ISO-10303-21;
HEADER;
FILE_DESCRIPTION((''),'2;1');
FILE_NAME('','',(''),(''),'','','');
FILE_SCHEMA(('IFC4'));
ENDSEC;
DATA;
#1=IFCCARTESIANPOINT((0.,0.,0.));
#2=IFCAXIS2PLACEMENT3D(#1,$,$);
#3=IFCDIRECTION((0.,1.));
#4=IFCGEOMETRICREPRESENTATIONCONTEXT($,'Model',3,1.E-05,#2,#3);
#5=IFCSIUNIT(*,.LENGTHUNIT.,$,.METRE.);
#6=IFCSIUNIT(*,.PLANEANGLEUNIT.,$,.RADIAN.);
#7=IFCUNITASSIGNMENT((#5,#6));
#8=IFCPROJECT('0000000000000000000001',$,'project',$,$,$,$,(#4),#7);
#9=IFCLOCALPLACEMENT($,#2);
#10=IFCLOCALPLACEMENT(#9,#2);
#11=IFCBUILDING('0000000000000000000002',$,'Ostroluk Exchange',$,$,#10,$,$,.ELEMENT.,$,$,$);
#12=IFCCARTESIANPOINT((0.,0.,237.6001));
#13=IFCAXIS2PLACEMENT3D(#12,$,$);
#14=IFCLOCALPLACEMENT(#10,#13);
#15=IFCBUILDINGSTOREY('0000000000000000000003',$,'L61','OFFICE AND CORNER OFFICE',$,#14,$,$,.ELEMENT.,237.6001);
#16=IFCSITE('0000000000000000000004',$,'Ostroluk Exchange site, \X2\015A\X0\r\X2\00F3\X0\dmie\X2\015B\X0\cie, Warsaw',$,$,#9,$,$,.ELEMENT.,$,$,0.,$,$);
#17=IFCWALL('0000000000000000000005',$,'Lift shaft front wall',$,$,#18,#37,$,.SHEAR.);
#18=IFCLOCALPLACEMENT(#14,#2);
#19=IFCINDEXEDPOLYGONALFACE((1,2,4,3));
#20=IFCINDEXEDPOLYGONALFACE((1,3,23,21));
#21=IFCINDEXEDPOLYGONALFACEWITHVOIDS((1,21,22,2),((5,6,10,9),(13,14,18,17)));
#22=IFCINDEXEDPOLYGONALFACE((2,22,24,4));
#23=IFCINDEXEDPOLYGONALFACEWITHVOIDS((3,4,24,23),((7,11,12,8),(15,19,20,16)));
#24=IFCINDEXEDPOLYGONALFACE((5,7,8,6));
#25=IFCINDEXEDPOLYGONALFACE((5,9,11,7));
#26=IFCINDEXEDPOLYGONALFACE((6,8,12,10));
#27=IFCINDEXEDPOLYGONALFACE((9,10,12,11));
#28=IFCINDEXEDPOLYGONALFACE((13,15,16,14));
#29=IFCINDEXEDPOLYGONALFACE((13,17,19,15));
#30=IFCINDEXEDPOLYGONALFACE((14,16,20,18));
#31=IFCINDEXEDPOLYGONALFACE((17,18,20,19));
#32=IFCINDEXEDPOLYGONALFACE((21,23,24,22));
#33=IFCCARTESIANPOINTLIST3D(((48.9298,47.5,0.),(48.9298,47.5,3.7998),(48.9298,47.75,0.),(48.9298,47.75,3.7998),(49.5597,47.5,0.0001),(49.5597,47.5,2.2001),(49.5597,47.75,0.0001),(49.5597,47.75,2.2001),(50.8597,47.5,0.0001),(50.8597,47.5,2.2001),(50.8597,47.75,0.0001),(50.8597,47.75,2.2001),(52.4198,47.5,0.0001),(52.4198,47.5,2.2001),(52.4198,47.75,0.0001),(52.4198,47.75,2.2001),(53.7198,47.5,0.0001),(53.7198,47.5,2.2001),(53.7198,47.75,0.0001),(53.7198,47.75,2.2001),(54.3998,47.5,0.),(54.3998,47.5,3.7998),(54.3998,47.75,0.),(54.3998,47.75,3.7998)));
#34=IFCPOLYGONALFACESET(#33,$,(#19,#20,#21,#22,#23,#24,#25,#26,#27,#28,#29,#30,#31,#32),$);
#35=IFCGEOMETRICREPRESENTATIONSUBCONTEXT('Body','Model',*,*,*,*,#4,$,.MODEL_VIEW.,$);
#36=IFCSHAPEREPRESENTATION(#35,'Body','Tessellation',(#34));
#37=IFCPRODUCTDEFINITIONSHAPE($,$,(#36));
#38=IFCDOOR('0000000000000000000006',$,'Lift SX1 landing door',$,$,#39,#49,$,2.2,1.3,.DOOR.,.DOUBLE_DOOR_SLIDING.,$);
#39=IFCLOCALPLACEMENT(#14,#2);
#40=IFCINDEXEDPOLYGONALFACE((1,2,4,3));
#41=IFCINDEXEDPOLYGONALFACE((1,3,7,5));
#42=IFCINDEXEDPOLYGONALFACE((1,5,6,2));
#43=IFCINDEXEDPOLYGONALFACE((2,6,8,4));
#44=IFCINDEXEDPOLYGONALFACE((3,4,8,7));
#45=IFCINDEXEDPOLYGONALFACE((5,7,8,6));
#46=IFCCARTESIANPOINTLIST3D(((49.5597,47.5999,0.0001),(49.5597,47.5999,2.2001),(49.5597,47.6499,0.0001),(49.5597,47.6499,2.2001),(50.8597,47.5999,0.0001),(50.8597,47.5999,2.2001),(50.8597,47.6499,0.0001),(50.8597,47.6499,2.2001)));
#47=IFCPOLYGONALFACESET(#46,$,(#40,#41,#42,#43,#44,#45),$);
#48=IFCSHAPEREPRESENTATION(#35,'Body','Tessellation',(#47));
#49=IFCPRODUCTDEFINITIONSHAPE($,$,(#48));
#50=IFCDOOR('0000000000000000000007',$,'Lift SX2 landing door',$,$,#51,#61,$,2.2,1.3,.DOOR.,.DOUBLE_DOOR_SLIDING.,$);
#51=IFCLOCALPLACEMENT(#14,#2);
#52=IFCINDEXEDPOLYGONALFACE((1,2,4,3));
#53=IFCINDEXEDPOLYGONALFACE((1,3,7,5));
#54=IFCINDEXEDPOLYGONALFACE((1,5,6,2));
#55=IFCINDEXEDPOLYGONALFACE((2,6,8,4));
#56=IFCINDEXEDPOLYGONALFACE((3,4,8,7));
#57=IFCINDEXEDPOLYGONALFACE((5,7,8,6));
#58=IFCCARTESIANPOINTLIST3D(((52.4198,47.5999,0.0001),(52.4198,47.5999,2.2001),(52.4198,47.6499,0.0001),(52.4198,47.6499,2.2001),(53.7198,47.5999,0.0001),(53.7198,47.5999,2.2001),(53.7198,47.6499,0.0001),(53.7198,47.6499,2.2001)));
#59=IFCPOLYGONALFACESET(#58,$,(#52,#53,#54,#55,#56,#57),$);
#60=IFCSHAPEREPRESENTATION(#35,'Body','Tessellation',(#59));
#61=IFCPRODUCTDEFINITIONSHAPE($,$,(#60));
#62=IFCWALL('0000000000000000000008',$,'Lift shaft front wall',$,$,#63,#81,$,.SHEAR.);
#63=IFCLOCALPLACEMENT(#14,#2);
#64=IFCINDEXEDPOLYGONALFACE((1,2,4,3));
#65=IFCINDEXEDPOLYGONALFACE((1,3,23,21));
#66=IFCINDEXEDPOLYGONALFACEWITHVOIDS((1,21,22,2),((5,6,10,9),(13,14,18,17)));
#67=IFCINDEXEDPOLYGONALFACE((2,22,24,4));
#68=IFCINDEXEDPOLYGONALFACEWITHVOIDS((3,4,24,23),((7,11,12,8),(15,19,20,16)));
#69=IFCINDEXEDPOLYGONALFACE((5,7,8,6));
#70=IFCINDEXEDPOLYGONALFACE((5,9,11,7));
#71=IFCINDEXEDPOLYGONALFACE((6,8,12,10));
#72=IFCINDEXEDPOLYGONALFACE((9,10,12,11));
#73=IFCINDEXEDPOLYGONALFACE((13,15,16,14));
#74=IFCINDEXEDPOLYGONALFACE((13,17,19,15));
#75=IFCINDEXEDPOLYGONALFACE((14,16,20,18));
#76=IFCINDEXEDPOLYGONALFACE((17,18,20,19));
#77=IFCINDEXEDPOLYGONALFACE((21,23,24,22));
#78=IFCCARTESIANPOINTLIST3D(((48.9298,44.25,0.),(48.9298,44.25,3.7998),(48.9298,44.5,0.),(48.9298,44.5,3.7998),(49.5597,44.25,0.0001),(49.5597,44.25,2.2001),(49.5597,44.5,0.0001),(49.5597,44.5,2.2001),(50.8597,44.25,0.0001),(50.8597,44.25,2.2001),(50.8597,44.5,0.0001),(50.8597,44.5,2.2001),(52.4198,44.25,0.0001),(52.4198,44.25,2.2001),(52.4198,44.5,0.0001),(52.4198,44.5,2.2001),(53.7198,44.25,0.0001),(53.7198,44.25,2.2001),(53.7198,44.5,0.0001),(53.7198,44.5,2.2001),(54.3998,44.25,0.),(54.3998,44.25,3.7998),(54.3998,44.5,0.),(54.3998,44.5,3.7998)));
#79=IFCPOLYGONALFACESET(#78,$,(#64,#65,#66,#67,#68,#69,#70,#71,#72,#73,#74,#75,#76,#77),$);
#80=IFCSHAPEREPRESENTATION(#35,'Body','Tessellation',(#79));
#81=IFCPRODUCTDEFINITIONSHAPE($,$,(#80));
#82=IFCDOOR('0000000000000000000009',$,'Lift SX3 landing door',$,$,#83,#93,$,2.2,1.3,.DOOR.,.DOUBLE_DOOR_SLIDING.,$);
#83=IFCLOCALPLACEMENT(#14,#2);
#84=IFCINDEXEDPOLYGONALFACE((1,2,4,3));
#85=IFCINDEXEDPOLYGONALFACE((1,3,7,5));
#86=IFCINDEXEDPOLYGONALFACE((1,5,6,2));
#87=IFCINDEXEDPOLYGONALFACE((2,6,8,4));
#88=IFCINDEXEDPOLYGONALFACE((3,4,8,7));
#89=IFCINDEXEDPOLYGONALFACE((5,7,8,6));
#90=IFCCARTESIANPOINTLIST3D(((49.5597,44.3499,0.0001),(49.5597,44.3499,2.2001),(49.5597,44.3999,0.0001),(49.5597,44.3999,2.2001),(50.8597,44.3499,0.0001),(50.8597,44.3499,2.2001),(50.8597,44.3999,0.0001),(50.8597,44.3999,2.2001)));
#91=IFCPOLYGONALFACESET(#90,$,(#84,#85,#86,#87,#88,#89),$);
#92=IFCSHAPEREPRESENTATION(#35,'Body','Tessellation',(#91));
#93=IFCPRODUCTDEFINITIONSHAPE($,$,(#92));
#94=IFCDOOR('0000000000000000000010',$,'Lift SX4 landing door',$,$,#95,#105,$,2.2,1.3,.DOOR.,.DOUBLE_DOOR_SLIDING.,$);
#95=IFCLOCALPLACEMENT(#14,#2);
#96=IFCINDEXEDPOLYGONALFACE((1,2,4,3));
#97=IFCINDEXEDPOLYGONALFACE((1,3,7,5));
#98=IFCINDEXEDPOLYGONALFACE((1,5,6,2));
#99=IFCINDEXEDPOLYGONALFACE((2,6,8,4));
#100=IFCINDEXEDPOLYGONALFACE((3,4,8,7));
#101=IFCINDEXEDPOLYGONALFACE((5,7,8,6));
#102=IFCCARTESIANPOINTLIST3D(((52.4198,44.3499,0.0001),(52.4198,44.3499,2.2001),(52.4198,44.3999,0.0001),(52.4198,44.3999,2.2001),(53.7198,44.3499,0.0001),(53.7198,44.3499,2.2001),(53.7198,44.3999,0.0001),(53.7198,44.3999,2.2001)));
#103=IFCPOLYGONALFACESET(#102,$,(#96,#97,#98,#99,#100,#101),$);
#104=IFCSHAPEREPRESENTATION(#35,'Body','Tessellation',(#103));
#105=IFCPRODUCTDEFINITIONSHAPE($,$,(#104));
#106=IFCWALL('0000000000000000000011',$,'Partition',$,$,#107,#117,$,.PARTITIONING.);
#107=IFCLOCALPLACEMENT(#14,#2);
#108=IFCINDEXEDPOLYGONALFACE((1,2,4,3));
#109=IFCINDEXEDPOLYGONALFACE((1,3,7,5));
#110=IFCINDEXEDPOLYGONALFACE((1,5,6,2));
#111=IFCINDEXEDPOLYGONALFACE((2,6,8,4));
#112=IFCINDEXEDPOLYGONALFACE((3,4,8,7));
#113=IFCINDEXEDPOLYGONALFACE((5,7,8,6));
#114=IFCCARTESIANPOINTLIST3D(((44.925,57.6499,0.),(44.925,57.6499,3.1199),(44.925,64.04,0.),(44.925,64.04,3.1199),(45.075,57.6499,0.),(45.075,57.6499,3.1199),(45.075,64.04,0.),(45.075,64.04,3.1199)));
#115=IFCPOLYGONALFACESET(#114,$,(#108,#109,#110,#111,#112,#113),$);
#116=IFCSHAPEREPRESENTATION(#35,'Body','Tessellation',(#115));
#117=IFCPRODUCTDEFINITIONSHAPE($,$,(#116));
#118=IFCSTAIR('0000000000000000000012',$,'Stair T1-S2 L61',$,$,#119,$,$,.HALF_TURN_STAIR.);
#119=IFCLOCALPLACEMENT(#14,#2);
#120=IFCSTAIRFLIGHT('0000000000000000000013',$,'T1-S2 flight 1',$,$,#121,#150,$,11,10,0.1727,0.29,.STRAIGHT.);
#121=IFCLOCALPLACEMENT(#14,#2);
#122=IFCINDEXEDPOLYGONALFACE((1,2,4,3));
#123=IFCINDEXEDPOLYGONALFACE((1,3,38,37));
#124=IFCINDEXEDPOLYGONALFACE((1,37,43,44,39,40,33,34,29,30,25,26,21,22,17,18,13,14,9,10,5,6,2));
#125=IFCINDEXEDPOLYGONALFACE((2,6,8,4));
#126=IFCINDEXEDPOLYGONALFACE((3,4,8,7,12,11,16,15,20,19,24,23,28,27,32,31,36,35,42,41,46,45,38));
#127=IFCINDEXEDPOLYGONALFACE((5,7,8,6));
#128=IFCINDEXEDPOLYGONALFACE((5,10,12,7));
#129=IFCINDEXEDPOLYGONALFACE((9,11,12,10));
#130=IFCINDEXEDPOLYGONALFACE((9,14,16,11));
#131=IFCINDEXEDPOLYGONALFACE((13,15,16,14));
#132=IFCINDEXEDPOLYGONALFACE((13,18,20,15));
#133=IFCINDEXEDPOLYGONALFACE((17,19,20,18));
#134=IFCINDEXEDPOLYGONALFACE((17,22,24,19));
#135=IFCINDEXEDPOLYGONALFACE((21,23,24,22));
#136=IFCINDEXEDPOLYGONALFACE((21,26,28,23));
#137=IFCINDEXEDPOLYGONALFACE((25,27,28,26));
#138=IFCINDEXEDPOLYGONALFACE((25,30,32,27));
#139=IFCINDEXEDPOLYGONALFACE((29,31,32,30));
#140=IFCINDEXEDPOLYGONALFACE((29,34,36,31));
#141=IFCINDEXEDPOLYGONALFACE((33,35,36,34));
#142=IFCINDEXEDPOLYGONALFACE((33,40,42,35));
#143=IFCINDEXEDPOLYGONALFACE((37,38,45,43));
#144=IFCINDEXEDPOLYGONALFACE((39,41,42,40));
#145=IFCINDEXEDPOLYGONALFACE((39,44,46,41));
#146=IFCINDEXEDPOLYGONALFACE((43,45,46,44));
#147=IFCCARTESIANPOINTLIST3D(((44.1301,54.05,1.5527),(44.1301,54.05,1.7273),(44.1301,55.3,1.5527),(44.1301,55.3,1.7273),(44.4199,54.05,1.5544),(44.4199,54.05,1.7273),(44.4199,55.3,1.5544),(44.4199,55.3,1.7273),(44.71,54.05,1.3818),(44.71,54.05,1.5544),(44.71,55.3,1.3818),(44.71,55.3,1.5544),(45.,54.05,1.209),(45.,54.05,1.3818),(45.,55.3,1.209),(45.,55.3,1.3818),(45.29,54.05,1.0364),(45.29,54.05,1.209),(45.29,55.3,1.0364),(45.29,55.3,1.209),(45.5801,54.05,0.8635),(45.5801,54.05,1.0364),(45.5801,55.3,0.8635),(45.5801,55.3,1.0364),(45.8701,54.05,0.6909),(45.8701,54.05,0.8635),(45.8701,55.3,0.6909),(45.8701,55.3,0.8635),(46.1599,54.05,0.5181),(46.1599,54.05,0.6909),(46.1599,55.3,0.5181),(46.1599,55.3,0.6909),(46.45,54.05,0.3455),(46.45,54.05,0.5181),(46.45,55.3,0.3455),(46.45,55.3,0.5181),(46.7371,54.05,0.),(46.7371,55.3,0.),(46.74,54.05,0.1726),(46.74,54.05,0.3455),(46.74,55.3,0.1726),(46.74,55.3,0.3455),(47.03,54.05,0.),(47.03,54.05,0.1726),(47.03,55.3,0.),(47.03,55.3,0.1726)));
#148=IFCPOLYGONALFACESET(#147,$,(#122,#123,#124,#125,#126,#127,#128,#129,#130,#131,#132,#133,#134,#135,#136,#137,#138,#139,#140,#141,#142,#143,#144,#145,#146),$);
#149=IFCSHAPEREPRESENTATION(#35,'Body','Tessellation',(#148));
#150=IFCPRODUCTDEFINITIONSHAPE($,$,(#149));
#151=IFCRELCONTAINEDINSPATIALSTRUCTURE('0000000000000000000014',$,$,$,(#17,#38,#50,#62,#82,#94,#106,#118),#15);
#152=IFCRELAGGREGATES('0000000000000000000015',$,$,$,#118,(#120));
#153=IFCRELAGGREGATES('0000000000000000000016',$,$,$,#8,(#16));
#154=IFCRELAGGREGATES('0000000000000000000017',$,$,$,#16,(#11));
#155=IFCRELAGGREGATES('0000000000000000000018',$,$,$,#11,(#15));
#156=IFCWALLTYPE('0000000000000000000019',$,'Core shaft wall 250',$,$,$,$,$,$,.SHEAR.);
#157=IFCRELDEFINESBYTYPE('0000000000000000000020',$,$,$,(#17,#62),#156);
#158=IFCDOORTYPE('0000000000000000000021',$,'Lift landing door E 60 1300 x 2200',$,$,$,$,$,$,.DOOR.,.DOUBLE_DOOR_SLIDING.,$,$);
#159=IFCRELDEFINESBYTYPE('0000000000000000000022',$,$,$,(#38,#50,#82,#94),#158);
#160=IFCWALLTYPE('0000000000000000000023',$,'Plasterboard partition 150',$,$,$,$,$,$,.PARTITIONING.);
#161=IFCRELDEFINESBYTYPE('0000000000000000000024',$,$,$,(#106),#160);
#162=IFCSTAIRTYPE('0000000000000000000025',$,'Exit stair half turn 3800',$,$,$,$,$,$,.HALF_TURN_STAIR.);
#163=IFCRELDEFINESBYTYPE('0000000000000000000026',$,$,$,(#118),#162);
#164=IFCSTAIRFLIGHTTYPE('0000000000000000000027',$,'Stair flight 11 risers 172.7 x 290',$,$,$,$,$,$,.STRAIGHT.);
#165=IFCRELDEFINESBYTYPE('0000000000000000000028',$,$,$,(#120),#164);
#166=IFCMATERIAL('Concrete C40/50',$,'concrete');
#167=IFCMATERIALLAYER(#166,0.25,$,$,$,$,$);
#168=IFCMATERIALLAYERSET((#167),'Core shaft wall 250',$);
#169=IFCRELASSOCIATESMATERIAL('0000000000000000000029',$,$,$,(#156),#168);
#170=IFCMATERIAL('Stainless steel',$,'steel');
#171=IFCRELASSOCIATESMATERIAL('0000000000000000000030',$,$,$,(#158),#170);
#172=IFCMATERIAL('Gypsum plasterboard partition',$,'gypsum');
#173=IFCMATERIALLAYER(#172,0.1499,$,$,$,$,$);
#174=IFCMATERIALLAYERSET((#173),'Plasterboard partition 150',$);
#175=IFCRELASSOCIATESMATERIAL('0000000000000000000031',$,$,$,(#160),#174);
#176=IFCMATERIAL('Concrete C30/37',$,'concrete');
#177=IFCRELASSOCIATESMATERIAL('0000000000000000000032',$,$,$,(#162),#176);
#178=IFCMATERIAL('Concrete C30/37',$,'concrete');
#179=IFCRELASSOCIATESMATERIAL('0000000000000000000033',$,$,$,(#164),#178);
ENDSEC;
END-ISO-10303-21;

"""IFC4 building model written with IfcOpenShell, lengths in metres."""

from ifc_helpers import new_model, si_unit, direction, frame, frame_2d, origin, place, context, subcontext, project, spatial, polyline, rectangle, outline, extrude, material, layer, layer_set, type_object, element, fill, aggregate, save


model = new_model("IFC4")

# Units and contexts
model_context = context("Model", 3, precision=1e-05, world=origin(), true_north=direction((0.0, 1.0)))
body_context = subcontext(model_context, "Body", "Model", "MODEL_VIEW")
ifc_project = project(units=[si_unit("LENGTHUNIT", "METRE"), si_unit("PLANEANGLEUNIT", "RADIAN")], contexts=[model_context])

# Site, building, storey
site_placement = place(None, origin())
site = spatial("IfcSite", under=ifc_project, at=site_placement, Name="Ostroluk Exchange site, Śródmieście, Warsaw", CompositionType="ELEMENT", RefElevation=0.0)
building_placement = place(site_placement, origin())
building = spatial("IfcBuilding", under=site, at=building_placement, Name="Ostroluk Exchange", CompositionType="ELEMENT")
storey_placement = place(building_placement, frame((0.0, 0.0, 237.6001)))
storey = spatial("IfcBuildingStorey", under=building, at=storey_placement, Name="L61", Description="OFFICE AND CORNER OFFICE", CompositionType="ELEMENT", Elevation=237.6001)

# Shared definitions
ifc_material_1 = material(Name="Concrete C40/50", Category="concrete")
ifc_layer_1 = layer(ifc_material_1, 0.25)
ifc_layer_set_1 = layer_set([ifc_layer_1], Name="Core shaft wall 250")
wall_type_1 = type_object("IfcWallType", Name="Core shaft wall 250", PredefinedType="SHEAR", material=ifc_layer_set_1)
ifc_material_2 = material(Name="Stainless steel", Category="steel")
door_type_1 = type_object("IfcDoorType", Name="Lift landing door E 60 1300 x 2200", OperationType="DOUBLE_DOOR_SLIDING", PredefinedType="DOOR", material=ifc_material_2)

# Walls, openings, doors
wall_1_placement = place(storey_placement, frame((48.9299, 47.625, 0.0), z_axis=(0.0, 0.0, 1.0), x_axis=(1.0, 0.0, 0.0)))
wall_1 = element("IfcWall", 1, at=wall_1_placement, inside=storey, type_object=wall_type_1, Name="Lift shaft front wall", PredefinedType="SHEAR", context=body_context, shape_type="SweptSolid", body=[
    extrude(rectangle(XDim=5.47, YDim=0.25, at=frame_2d((2.7349, 0.0))), origin(), (0.0, 0.0, 1.0), 3.7998),
])
opening_1_placement = place(wall_1_placement, frame((0.6299, 0.0, 0.0)))
opening_1 = element("IfcOpeningElement", 2, at=opening_1_placement, cuts=wall_1, PredefinedType="OPENING", context=body_context, shape_type="SweptSolid", body=[
    extrude(rectangle(XDim=1.3, YDim=2.2, at=frame_2d((0.6499, 1.1001))), frame((0.0, 0.135, 0.0), z_axis=(0.0, -1.0, 0.0), x_axis=(1.0, 0.0, 0.0)), (0.0, 0.0, 1.0), 0.27),
])
opening_2_placement = place(wall_1_placement, frame((3.49, 0.0, 0.0)))
opening_2 = element("IfcOpeningElement", 3, at=opening_2_placement, cuts=wall_1, PredefinedType="OPENING", context=body_context, shape_type="SweptSolid", body=[
    extrude(rectangle(XDim=1.3, YDim=2.2, at=frame_2d((0.6499, 1.1001))), frame((0.0, 0.135, 0.0), z_axis=(0.0, -1.0, 0.0), x_axis=(1.0, 0.0, 0.0)), (0.0, 0.0, 1.0), 0.27),
])
door_1_placement = place(opening_1_placement, origin())
door_1 = element("IfcDoor", 4, at=door_1_placement, inside=storey, type_object=door_type_1, Name="Lift SX1 landing door", OperationType="DOUBLE_DOOR_SLIDING", OverallHeight=2.2, OverallWidth=1.3, PredefinedType="DOOR", context=body_context, shape_type="SweptSolid", body=[
    extrude(rectangle(XDim=1.3, YDim=2.2, at=frame_2d((0.6499, 1.1001))), frame((0.0, 0.0249, 0.0), z_axis=(0.0, -1.0, 0.0), x_axis=(1.0, 0.0, 0.0)), (0.0, 0.0, 1.0), 0.05),
])
fill(opening_1, door_1)
door_2_placement = place(opening_2_placement, origin())
door_2 = element("IfcDoor", 5, at=door_2_placement, inside=storey, type_object=door_type_1, Name="Lift SX2 landing door", OperationType="DOUBLE_DOOR_SLIDING", OverallHeight=2.2, OverallWidth=1.3, PredefinedType="DOOR", context=body_context, shape_type="SweptSolid", body=[
    extrude(rectangle(XDim=1.3, YDim=2.2, at=frame_2d((0.6499, 1.1001))), frame((0.0, 0.0249, 0.0), z_axis=(0.0, -1.0, 0.0), x_axis=(1.0, 0.0, 0.0)), (0.0, 0.0, 1.0), 0.05),
])
fill(opening_2, door_2)
wall_2_placement = place(storey_placement, frame((48.9299, 44.375, 0.0), z_axis=(0.0, 0.0, 1.0), x_axis=(1.0, 0.0, 0.0)))
wall_2 = element("IfcWall", 6, at=wall_2_placement, inside=storey, type_object=wall_type_1, Name="Lift shaft front wall", PredefinedType="SHEAR", context=body_context, shape_type="SweptSolid", body=[
    extrude(rectangle(XDim=5.47, YDim=0.25, at=frame_2d((2.7349, 0.0))), origin(), (0.0, 0.0, 1.0), 3.7998),
])
opening_3_placement = place(wall_2_placement, frame((0.6299, 0.0, 0.0)))
opening_3 = element("IfcOpeningElement", 7, at=opening_3_placement, cuts=wall_2, PredefinedType="OPENING", context=body_context, shape_type="SweptSolid", body=[
    extrude(rectangle(XDim=1.3, YDim=2.2, at=frame_2d((0.6499, 1.1001))), frame((0.0, 0.135, 0.0), z_axis=(0.0, -1.0, 0.0), x_axis=(1.0, 0.0, 0.0)), (0.0, 0.0, 1.0), 0.27),
])
opening_4_placement = place(wall_2_placement, frame((3.49, 0.0, 0.0)))
opening_4 = element("IfcOpeningElement", 8, at=opening_4_placement, cuts=wall_2, PredefinedType="OPENING", context=body_context, shape_type="SweptSolid", body=[
    extrude(rectangle(XDim=1.3, YDim=2.2, at=frame_2d((0.6499, 1.1001))), frame((0.0, 0.135, 0.0), z_axis=(0.0, -1.0, 0.0), x_axis=(1.0, 0.0, 0.0)), (0.0, 0.0, 1.0), 0.27),
])
door_3_placement = place(opening_3_placement, origin())
door_3 = element("IfcDoor", 9, at=door_3_placement, inside=storey, type_object=door_type_1, Name="Lift SX3 landing door", OperationType="DOUBLE_DOOR_SLIDING", OverallHeight=2.2, OverallWidth=1.3, PredefinedType="DOOR", context=body_context, shape_type="SweptSolid", body=[
    extrude(rectangle(XDim=1.3, YDim=2.2, at=frame_2d((0.6499, 1.1001))), frame((0.0, 0.0249, 0.0), z_axis=(0.0, -1.0, 0.0), x_axis=(1.0, 0.0, 0.0)), (0.0, 0.0, 1.0), 0.05),
])
fill(opening_3, door_3)
door_4_placement = place(opening_4_placement, origin())
door_4 = element("IfcDoor", 10, at=door_4_placement, inside=storey, type_object=door_type_1, Name="Lift SX4 landing door", OperationType="DOUBLE_DOOR_SLIDING", OverallHeight=2.2, OverallWidth=1.3, PredefinedType="DOOR", context=body_context, shape_type="SweptSolid", body=[
    extrude(rectangle(XDim=1.3, YDim=2.2, at=frame_2d((0.6499, 1.1001))), frame((0.0, 0.0249, 0.0), z_axis=(0.0, -1.0, 0.0), x_axis=(1.0, 0.0, 0.0)), (0.0, 0.0, 1.0), 0.05),
])
fill(opening_4, door_4)

# Wall
ifc_material_3 = material(Name="Gypsum plasterboard partition", Category="gypsum")
ifc_layer_2 = layer(ifc_material_3, 0.1499)
ifc_layer_set_2 = layer_set([ifc_layer_2], Name="Plasterboard partition 150")
wall_type_2 = type_object("IfcWallType", Name="Plasterboard partition 150", PredefinedType="PARTITIONING", material=ifc_layer_set_2)
wall_3_placement = place(storey_placement, frame((45.0, 57.6499, 0.0), z_axis=(0.0, 0.0, 1.0), x_axis=(0.0, 1.0, 0.0)))
element("IfcWall", 11, at=wall_3_placement, inside=storey, type_object=wall_type_2, Name="Partition", PredefinedType="PARTITIONING", context=body_context, shape_type="SweptSolid", body=[
    extrude(rectangle(XDim=6.3901, YDim=0.1499, at=frame_2d((3.1951, 0.0))), origin(), (0.0, 0.0, 1.0), 3.1199),
])

# Stair, stair flight
ifc_material_4 = material(Name="Concrete C30/37", Category="concrete")
stair_type = type_object("IfcStairType", Name="Exit stair half turn 3800", PredefinedType="HALF_TURN_STAIR", material=ifc_material_4)
stair_placement = place(storey_placement, origin())
stair = element("IfcStair", 12, at=stair_placement, inside=storey, type_object=stair_type, Name="Stair T1-S2 L61", PredefinedType="HALF_TURN_STAIR")
ifc_material_5 = material(Name="Concrete C30/37", Category="concrete")
stair_flight_type = type_object("IfcStairFlightType", Name="Stair flight 11 risers 172.7 x 290", PredefinedType="STRAIGHT", material=ifc_material_5)
stair_flight_placement = place(storey_placement, frame((47.03, 54.675, 0.0), z_axis=(0.0, 0.0, 1.0), x_axis=(-1.0, 0.0, 0.0)))
stair_flight = element("IfcStairFlight", 13, at=stair_flight_placement, type_object=stair_flight_type, Name="T1-S2 flight 1", NumberOfRisers=11, NumberOfTreads=10, PredefinedType="STRAIGHT", RiserHeight=0.1727, TreadLength=0.29, context=body_context, shape_type="SweptSolid", body=[
    extrude(outline(polyline([(0.0, 0.0), (0.0, 0.1726), (0.29, 0.1726), (0.29, 0.3455), (0.5801, 0.3455), (0.5801, 0.5181), (0.8701, 0.5181), (0.8701, 0.6909), (1.1599, 0.6909), (1.1599, 0.8635), (1.45, 0.8635), (1.45, 1.0364), (1.74, 1.0364), (1.74, 1.209), (2.03, 1.209), (2.03, 1.3818), (2.3201, 1.3818), (2.3201, 1.5544), (2.6101, 1.5544), (2.6101, 1.7273), (2.8999, 1.7273), (2.8999, 1.8999), (2.8999, 1.5527), (0.293, 0.0), (0.0, 0.0)])), frame((0.0, 0.625, 0.0), z_axis=(0.0, -1.0, 0.0), x_axis=(1.0, 0.0, 0.0)), (0.0, 0.0, 1.0), 1.25),
])
aggregate(stair, [stair_flight])

save(model, "model.ifc")
